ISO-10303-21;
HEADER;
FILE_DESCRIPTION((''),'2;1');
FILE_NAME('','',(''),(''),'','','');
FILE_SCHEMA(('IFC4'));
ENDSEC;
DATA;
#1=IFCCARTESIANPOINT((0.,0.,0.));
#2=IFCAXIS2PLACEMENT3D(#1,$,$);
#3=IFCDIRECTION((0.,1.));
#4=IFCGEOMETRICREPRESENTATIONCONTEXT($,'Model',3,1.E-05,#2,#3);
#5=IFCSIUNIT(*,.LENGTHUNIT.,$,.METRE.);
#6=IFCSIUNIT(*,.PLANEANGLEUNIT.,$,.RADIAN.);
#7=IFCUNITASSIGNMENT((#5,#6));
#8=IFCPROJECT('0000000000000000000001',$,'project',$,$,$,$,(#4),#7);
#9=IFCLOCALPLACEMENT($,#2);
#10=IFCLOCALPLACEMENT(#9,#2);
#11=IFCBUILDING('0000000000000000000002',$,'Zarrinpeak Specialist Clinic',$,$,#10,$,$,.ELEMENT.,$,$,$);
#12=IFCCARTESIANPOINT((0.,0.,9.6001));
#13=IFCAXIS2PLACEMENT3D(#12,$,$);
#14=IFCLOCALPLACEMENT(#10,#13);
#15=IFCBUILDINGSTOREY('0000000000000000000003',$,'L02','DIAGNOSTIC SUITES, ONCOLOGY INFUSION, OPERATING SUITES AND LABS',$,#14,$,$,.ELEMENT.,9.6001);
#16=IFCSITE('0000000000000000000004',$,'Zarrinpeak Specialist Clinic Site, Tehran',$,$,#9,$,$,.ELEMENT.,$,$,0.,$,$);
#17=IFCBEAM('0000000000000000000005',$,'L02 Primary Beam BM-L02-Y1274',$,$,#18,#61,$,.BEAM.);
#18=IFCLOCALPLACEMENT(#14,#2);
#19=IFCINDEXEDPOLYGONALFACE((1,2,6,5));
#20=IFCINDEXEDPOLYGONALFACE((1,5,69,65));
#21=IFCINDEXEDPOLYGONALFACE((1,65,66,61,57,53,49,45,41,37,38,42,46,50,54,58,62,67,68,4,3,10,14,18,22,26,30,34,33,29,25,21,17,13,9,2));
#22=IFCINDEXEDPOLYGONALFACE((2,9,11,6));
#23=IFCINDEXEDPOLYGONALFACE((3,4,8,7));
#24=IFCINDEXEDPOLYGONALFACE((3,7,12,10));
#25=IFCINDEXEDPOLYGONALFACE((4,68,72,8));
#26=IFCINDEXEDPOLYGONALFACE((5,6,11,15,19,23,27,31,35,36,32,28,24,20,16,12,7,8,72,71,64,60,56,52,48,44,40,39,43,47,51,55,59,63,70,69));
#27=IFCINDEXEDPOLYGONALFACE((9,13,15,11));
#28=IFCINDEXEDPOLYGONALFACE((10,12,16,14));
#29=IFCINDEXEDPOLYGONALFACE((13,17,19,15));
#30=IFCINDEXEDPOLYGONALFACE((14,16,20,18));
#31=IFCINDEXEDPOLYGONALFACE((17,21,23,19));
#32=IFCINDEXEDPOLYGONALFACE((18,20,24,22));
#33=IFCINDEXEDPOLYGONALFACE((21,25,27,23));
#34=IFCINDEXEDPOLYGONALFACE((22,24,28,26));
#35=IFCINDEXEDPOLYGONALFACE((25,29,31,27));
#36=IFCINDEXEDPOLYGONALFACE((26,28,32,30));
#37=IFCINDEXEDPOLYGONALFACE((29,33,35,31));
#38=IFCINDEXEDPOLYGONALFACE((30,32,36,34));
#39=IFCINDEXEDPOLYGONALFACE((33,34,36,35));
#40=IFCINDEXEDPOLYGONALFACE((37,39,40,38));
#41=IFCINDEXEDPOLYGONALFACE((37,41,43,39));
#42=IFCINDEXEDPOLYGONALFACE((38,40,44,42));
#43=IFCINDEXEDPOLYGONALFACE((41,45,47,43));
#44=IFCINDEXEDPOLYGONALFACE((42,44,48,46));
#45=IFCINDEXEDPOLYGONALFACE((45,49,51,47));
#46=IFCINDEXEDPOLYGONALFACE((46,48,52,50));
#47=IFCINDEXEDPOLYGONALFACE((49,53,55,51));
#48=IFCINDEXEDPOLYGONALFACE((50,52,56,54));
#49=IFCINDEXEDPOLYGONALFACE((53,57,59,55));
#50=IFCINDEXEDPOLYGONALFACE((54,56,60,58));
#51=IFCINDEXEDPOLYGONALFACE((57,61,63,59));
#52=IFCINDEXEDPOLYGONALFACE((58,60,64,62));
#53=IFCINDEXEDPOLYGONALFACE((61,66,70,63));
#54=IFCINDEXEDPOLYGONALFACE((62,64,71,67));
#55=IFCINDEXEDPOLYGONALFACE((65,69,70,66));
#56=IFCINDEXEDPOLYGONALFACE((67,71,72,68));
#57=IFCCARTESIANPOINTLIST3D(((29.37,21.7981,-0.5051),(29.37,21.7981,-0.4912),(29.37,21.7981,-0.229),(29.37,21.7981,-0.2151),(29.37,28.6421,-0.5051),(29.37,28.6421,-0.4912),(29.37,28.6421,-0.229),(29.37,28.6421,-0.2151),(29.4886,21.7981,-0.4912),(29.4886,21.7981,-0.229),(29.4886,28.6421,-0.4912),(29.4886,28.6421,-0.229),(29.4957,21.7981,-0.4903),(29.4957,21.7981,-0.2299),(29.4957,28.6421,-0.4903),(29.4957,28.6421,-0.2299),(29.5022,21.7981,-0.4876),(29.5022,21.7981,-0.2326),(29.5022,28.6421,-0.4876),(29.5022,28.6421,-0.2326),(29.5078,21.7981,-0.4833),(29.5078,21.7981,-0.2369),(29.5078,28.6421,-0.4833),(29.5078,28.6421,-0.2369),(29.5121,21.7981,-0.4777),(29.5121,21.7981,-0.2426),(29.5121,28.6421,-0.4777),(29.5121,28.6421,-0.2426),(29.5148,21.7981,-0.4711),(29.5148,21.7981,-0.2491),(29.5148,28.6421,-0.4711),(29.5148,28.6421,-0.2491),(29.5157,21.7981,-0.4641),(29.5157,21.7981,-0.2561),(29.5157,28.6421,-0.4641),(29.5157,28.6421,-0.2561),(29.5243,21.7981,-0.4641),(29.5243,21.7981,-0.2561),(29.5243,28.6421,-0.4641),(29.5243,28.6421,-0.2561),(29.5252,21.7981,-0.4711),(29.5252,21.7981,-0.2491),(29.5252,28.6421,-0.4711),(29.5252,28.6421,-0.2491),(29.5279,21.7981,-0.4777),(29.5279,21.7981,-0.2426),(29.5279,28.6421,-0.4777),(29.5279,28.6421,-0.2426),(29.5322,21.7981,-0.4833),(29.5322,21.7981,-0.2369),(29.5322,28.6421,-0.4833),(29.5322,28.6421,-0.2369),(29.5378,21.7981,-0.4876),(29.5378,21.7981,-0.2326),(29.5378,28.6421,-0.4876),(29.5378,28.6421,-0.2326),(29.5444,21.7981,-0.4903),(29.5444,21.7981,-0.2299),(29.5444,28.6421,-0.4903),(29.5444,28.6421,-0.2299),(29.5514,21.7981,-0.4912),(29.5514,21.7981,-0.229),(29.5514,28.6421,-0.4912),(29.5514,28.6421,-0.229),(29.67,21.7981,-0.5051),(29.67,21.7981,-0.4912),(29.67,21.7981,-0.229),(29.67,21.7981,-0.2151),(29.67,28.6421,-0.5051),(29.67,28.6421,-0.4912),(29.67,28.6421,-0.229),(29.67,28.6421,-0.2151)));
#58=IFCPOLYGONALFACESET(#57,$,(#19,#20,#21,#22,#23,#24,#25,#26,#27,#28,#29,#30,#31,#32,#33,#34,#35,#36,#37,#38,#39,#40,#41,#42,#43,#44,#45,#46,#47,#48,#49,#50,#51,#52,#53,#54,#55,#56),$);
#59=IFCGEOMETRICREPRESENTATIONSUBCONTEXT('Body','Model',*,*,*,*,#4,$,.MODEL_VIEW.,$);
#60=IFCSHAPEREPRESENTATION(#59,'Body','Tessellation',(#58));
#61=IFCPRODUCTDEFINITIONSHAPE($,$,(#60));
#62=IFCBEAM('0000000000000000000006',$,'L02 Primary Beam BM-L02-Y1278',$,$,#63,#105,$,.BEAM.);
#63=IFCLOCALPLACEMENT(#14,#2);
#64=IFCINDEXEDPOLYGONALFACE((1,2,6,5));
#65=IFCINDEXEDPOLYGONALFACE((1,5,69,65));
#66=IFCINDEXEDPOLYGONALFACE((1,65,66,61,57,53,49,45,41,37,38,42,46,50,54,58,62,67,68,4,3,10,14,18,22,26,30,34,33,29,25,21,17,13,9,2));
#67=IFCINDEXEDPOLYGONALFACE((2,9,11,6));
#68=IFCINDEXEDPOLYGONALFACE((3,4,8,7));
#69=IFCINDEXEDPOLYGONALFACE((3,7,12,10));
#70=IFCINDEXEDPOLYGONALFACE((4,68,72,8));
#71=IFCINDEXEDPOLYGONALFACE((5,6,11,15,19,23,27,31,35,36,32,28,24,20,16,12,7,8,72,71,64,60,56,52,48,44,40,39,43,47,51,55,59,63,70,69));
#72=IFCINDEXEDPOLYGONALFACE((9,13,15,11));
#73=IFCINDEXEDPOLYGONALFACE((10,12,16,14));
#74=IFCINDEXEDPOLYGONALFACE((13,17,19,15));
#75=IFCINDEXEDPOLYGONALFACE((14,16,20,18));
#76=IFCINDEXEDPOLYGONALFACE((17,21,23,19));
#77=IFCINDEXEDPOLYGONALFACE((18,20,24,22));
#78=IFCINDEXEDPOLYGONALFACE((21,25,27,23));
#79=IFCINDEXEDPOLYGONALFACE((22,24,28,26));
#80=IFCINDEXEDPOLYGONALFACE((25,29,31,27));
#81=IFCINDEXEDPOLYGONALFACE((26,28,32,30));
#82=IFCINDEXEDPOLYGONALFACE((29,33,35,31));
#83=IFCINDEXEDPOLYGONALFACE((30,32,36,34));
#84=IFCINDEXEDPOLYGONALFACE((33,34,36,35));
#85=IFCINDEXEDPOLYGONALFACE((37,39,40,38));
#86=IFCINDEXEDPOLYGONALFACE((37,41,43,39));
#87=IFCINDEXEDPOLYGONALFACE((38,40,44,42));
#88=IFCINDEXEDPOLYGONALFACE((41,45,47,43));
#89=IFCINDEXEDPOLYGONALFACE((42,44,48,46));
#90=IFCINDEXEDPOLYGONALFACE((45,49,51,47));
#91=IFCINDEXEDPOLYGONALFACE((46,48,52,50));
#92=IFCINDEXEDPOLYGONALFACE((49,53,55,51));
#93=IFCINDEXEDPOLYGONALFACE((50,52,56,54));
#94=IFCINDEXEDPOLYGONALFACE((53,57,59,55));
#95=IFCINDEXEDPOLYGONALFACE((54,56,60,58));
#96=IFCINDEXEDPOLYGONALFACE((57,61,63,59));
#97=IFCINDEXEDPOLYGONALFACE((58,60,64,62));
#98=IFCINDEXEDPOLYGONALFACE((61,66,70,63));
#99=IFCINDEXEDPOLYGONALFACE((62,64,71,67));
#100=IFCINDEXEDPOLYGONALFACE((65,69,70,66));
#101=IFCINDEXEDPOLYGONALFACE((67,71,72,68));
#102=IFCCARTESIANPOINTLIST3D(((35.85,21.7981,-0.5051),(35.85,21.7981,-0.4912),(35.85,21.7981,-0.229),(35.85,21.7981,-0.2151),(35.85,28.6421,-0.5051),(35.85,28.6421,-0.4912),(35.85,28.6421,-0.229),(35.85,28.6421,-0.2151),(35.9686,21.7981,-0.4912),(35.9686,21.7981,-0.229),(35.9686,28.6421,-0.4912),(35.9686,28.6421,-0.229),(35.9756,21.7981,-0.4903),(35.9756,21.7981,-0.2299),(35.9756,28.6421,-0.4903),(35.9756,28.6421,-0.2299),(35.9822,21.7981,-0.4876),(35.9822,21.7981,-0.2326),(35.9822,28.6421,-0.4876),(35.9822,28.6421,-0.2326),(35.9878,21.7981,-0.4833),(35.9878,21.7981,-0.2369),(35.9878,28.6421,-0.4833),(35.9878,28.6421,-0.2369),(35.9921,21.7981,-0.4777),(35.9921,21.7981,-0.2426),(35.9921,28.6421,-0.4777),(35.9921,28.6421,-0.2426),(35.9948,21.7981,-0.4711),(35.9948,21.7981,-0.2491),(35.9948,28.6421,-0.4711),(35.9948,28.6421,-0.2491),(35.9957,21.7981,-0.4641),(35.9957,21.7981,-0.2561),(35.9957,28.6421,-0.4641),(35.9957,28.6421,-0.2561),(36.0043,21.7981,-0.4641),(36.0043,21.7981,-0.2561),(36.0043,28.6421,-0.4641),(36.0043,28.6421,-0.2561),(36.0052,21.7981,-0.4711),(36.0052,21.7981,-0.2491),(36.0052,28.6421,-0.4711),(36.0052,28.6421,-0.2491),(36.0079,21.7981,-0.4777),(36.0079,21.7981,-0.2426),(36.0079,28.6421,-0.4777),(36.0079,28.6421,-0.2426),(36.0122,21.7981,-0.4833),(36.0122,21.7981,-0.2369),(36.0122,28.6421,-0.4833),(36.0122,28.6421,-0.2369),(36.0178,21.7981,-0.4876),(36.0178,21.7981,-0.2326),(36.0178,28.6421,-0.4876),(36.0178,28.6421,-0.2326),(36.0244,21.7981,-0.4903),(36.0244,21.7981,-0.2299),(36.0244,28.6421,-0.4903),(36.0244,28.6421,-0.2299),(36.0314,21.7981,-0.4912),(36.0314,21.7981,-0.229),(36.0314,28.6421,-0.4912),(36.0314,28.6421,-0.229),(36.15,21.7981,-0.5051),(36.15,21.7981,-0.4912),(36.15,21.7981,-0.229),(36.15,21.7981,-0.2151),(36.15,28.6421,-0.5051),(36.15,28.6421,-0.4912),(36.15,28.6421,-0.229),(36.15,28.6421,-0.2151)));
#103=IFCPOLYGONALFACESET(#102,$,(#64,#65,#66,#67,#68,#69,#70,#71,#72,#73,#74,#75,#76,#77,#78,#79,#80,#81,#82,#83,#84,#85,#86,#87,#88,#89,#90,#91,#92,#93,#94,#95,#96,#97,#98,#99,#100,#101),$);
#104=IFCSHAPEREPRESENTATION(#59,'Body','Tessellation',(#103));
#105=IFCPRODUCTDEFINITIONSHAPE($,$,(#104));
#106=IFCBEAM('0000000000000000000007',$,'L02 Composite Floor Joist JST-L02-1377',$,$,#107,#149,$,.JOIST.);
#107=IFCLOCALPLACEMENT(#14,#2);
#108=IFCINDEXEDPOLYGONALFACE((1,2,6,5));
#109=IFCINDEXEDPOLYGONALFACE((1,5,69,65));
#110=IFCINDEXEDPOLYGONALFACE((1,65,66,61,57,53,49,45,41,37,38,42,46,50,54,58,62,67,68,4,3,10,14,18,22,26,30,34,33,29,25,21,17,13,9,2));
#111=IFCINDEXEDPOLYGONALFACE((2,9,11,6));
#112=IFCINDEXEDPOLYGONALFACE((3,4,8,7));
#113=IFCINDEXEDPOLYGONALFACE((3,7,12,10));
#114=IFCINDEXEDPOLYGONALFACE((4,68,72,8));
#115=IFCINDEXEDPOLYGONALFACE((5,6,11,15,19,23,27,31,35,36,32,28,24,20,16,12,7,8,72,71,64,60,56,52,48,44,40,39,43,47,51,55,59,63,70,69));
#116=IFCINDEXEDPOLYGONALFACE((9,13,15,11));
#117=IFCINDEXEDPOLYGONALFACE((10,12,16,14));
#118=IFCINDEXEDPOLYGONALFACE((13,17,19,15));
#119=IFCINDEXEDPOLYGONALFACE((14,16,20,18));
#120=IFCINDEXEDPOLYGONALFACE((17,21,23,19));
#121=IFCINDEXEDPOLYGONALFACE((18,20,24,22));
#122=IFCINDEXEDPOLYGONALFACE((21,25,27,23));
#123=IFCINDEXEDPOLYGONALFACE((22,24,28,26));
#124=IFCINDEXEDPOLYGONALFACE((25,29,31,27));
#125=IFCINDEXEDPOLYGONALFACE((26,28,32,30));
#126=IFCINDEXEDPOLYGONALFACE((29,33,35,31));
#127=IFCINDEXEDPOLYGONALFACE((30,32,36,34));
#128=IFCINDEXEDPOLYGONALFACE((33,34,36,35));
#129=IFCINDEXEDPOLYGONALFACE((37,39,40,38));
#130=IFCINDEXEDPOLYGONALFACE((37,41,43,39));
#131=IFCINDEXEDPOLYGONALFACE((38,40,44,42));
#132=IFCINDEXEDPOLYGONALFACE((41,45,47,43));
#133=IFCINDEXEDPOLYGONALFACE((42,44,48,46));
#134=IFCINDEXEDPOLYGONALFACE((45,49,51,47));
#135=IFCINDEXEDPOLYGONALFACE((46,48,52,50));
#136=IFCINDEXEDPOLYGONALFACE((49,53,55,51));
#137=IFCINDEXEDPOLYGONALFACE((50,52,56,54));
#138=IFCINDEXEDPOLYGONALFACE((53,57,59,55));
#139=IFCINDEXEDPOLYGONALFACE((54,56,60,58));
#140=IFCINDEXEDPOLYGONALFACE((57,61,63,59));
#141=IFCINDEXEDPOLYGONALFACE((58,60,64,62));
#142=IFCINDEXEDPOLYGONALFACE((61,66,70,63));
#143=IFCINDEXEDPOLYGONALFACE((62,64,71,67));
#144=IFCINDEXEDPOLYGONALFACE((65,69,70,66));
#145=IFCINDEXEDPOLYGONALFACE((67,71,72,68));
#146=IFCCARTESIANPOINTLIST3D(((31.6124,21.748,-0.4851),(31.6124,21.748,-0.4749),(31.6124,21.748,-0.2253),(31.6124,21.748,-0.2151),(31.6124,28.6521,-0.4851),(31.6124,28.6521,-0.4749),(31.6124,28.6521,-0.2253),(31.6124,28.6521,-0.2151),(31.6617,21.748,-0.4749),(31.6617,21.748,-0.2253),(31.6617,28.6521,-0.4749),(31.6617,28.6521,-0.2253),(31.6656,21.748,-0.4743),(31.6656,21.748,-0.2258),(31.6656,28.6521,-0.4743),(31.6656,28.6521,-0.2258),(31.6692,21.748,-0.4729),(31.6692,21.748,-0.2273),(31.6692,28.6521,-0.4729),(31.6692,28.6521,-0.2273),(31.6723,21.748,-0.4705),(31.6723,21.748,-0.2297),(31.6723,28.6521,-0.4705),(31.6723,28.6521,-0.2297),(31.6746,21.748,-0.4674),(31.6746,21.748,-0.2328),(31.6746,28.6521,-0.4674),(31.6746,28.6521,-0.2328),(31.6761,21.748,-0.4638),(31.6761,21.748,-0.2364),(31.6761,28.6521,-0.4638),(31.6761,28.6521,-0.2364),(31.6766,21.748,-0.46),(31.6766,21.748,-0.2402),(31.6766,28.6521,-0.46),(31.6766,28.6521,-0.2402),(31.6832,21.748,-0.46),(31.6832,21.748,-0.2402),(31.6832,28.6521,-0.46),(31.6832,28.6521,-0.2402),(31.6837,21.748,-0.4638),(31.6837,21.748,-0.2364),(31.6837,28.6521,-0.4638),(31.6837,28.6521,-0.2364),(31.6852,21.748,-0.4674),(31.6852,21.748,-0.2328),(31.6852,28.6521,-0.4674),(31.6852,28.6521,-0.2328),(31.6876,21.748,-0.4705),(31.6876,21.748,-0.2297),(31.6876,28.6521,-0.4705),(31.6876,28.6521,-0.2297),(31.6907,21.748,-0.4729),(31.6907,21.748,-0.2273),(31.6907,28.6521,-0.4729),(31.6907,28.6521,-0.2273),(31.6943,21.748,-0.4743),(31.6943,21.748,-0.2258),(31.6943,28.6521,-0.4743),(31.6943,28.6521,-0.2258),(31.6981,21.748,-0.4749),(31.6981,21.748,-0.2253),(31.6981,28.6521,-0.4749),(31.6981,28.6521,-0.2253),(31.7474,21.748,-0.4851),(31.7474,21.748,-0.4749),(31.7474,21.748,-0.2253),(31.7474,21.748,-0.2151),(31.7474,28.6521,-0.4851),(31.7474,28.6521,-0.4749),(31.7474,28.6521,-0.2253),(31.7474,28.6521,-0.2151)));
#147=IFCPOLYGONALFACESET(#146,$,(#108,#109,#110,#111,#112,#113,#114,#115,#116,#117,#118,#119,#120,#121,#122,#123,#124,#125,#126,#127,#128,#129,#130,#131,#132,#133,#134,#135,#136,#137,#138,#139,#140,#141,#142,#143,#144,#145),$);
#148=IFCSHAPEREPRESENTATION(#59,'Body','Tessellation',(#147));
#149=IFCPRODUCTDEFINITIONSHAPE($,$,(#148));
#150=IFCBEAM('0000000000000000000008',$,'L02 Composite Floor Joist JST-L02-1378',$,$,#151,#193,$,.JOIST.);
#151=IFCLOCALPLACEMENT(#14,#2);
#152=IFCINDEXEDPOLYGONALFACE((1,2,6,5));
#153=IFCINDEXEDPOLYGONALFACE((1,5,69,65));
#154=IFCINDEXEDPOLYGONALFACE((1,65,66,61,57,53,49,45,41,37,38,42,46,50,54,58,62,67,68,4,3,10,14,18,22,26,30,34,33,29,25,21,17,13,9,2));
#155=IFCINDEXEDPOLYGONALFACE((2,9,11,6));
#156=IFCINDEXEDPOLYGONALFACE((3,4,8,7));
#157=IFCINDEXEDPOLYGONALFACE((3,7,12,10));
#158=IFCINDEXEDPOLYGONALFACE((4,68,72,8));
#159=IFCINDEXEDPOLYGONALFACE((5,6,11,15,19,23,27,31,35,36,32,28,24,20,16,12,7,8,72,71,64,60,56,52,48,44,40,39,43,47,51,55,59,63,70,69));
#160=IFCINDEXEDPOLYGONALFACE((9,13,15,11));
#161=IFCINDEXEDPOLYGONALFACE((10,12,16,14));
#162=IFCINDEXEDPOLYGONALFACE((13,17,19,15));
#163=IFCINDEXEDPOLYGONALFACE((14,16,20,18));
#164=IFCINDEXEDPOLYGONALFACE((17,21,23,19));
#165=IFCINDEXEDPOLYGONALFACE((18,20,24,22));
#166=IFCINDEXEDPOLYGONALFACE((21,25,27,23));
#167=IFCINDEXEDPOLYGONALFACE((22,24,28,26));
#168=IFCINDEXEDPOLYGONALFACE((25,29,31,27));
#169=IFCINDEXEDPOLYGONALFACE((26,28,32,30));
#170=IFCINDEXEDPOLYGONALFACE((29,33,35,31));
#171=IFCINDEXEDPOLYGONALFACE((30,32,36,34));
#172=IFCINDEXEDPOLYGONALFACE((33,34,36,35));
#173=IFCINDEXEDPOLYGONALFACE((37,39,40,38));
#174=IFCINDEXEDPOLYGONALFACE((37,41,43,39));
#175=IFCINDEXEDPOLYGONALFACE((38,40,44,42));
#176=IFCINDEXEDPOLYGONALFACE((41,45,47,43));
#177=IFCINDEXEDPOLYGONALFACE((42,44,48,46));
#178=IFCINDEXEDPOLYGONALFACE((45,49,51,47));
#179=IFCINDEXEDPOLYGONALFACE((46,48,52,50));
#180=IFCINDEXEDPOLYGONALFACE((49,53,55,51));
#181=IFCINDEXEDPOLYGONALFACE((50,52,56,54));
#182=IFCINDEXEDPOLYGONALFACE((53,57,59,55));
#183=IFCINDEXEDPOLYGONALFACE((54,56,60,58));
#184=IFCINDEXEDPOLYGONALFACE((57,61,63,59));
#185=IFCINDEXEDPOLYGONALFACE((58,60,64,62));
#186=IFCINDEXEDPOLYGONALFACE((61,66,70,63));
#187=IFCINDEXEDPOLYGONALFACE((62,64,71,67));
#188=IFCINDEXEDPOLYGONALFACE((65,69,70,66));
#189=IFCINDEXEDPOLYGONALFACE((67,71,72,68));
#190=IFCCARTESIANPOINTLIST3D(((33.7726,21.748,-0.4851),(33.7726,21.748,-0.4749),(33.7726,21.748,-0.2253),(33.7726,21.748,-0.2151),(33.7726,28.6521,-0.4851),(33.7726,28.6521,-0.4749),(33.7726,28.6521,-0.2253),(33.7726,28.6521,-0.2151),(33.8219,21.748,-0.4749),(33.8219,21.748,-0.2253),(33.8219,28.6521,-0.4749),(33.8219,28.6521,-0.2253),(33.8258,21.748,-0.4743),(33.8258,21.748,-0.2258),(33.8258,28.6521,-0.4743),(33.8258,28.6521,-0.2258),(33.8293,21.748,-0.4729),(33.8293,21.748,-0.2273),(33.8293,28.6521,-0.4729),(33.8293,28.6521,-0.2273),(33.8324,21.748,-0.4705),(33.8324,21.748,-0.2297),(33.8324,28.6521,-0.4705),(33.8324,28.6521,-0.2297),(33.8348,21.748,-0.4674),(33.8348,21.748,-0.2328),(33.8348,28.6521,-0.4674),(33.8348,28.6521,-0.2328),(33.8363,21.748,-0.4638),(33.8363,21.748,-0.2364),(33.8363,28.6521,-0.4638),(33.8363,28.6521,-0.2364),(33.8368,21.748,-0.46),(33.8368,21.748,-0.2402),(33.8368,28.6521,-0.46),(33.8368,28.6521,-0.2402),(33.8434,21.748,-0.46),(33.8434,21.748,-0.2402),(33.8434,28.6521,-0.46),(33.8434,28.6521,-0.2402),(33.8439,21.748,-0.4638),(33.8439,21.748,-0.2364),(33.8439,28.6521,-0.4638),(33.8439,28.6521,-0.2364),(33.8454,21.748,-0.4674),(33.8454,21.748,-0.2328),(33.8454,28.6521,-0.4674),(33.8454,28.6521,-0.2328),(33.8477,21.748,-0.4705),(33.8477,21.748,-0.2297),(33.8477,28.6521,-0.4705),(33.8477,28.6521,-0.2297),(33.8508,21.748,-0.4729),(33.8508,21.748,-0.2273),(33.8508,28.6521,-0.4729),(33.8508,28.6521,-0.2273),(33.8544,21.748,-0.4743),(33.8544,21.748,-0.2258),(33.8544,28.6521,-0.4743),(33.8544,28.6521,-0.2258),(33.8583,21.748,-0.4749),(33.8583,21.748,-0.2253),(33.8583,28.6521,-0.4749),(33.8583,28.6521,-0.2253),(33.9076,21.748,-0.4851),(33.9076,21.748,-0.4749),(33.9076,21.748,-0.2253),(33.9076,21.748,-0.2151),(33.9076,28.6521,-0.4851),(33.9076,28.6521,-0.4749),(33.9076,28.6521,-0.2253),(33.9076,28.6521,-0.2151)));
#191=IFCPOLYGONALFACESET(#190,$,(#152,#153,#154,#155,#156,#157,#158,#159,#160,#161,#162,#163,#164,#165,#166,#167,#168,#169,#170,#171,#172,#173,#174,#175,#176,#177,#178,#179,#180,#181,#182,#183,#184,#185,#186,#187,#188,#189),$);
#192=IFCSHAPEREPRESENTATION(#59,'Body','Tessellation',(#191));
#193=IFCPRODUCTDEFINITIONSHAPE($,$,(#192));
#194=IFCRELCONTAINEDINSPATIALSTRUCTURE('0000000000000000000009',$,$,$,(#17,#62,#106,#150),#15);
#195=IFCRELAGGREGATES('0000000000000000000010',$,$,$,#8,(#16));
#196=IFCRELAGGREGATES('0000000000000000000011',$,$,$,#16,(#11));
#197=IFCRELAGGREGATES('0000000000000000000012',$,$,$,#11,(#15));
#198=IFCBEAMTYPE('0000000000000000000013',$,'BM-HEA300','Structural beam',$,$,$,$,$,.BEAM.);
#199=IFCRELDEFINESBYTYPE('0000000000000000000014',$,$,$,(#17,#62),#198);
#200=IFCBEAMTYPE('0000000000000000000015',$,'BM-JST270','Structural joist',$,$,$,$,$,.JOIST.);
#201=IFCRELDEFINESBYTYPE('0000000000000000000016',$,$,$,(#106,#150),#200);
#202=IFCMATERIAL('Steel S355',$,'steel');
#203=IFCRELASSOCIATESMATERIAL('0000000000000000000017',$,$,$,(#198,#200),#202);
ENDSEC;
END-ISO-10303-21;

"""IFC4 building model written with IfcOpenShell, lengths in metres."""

from ifc_helpers import new_model, si_unit, direction, frame, origin, origin_2d, place, context, subcontext, project, spatial, i_section, extrude, material, material_profile, profile_set, type_object, element, save


model = new_model("IFC4")

# Units and contexts
model_context = context("Model", 3, precision=1e-05, world=origin(), true_north=direction((0.0, 1.0)))
body_context = subcontext(model_context, "Body", "Model", "MODEL_VIEW")
ifc_project = project(units=[si_unit("LENGTHUNIT", "METRE"), si_unit("PLANEANGLEUNIT", "RADIAN")], contexts=[model_context])

# Site, building, storey
site_placement = place(None, origin())
site = spatial("IfcSite", under=ifc_project, at=site_placement, Name="Zarrinpeak Specialist Clinic Site, Tehran", CompositionType="ELEMENT", RefElevation=0.0)
building_placement = place(site_placement, origin())
building = spatial("IfcBuilding", under=site, at=building_placement, Name="Zarrinpeak Specialist Clinic", CompositionType="ELEMENT")
storey_placement = place(building_placement, frame((0.0, 0.0, 9.6001)))
storey = spatial("IfcBuildingStorey", under=building, at=storey_placement, Name="L02", Description="DIAGNOSTIC SUITES, ONCOLOGY INFUSION, OPERATING SUITES AND LABS", CompositionType="ELEMENT", Elevation=9.6001)

# Shared definitions
ifc_material_1 = material(Name="Steel S355", Category="steel")

# Beams
ifc_material_profile_1 = material_profile(ifc_material_1, i_section(OverallWidth=0.3, OverallDepth=0.29, WebThickness=0.0085, FlangeThickness=0.0139, FilletRadius=0.0271, at=origin_2d()), Name="HEA 300")
ifc_profile_set_1 = profile_set([ifc_material_profile_1], Name="Steel S355")
beam_type_1 = type_object("IfcBeamType", Name="BM-HEA300", Description="Structural beam", PredefinedType="BEAM", material=ifc_profile_set_1)
for number, where, z_axis, x_axis, name in (
    (1, (29.52, 21.7981, -0.3601), (0.0, 1.0, 0.0), (-1.0, 0.0, 0.0), "L02 Primary Beam BM-L02-Y1274"),
    (2, (36.0, 21.7981, -0.3601), (0.0, 1.0, 0.0), (-1.0, 0.0, 0.0), "L02 Primary Beam BM-L02-Y1278"),
):
    element("IfcBeam", number, at=place(storey_placement, frame(where, z_axis=z_axis, x_axis=x_axis)), inside=storey, type_object=beam_type_1, Name=name, PredefinedType="BEAM", context=body_context, shape_type="SweptSolid", body=[
        extrude(i_section(OverallWidth=0.3, OverallDepth=0.29, WebThickness=0.0085, FlangeThickness=0.0139, FilletRadius=0.0271, at=origin_2d()), origin(), (0.0, 0.0, 1.0), 6.844),
    ])
ifc_material_profile_2 = material_profile(ifc_material_1, i_section(OverallWidth=0.135, OverallDepth=0.27, WebThickness=0.0066, FlangeThickness=0.0103, FilletRadius=0.0149, at=origin_2d()), Name="IPE 270")
ifc_profile_set_2 = profile_set([ifc_material_profile_2], Name="Steel S355")
beam_type_2 = type_object("IfcBeamType", Name="BM-JST270", Description="Structural joist", PredefinedType="JOIST", material=ifc_profile_set_2)
for number, where, z_axis, x_axis, name in (
    (3, (31.6799, 21.748, -0.3501), (0.0, 1.0, 0.0), (-1.0, 0.0, 0.0), "L02 Composite Floor Joist JST-L02-1377"),
    (4, (33.8401, 21.748, -0.3501), (0.0, 1.0, 0.0), (-1.0, 0.0, 0.0), "L02 Composite Floor Joist JST-L02-1378"),
):
    element("IfcBeam", number, at=place(storey_placement, frame(where, z_axis=z_axis, x_axis=x_axis)), inside=storey, type_object=beam_type_2, Name=name, PredefinedType="JOIST", context=body_context, shape_type="SweptSolid", body=[
        extrude(i_section(OverallWidth=0.135, OverallDepth=0.27, WebThickness=0.0066, FlangeThickness=0.0103, FilletRadius=0.0149, at=origin_2d()), origin(), (0.0, 0.0, 1.0), 6.9041),
    ])

save(model, "model.ifc")
